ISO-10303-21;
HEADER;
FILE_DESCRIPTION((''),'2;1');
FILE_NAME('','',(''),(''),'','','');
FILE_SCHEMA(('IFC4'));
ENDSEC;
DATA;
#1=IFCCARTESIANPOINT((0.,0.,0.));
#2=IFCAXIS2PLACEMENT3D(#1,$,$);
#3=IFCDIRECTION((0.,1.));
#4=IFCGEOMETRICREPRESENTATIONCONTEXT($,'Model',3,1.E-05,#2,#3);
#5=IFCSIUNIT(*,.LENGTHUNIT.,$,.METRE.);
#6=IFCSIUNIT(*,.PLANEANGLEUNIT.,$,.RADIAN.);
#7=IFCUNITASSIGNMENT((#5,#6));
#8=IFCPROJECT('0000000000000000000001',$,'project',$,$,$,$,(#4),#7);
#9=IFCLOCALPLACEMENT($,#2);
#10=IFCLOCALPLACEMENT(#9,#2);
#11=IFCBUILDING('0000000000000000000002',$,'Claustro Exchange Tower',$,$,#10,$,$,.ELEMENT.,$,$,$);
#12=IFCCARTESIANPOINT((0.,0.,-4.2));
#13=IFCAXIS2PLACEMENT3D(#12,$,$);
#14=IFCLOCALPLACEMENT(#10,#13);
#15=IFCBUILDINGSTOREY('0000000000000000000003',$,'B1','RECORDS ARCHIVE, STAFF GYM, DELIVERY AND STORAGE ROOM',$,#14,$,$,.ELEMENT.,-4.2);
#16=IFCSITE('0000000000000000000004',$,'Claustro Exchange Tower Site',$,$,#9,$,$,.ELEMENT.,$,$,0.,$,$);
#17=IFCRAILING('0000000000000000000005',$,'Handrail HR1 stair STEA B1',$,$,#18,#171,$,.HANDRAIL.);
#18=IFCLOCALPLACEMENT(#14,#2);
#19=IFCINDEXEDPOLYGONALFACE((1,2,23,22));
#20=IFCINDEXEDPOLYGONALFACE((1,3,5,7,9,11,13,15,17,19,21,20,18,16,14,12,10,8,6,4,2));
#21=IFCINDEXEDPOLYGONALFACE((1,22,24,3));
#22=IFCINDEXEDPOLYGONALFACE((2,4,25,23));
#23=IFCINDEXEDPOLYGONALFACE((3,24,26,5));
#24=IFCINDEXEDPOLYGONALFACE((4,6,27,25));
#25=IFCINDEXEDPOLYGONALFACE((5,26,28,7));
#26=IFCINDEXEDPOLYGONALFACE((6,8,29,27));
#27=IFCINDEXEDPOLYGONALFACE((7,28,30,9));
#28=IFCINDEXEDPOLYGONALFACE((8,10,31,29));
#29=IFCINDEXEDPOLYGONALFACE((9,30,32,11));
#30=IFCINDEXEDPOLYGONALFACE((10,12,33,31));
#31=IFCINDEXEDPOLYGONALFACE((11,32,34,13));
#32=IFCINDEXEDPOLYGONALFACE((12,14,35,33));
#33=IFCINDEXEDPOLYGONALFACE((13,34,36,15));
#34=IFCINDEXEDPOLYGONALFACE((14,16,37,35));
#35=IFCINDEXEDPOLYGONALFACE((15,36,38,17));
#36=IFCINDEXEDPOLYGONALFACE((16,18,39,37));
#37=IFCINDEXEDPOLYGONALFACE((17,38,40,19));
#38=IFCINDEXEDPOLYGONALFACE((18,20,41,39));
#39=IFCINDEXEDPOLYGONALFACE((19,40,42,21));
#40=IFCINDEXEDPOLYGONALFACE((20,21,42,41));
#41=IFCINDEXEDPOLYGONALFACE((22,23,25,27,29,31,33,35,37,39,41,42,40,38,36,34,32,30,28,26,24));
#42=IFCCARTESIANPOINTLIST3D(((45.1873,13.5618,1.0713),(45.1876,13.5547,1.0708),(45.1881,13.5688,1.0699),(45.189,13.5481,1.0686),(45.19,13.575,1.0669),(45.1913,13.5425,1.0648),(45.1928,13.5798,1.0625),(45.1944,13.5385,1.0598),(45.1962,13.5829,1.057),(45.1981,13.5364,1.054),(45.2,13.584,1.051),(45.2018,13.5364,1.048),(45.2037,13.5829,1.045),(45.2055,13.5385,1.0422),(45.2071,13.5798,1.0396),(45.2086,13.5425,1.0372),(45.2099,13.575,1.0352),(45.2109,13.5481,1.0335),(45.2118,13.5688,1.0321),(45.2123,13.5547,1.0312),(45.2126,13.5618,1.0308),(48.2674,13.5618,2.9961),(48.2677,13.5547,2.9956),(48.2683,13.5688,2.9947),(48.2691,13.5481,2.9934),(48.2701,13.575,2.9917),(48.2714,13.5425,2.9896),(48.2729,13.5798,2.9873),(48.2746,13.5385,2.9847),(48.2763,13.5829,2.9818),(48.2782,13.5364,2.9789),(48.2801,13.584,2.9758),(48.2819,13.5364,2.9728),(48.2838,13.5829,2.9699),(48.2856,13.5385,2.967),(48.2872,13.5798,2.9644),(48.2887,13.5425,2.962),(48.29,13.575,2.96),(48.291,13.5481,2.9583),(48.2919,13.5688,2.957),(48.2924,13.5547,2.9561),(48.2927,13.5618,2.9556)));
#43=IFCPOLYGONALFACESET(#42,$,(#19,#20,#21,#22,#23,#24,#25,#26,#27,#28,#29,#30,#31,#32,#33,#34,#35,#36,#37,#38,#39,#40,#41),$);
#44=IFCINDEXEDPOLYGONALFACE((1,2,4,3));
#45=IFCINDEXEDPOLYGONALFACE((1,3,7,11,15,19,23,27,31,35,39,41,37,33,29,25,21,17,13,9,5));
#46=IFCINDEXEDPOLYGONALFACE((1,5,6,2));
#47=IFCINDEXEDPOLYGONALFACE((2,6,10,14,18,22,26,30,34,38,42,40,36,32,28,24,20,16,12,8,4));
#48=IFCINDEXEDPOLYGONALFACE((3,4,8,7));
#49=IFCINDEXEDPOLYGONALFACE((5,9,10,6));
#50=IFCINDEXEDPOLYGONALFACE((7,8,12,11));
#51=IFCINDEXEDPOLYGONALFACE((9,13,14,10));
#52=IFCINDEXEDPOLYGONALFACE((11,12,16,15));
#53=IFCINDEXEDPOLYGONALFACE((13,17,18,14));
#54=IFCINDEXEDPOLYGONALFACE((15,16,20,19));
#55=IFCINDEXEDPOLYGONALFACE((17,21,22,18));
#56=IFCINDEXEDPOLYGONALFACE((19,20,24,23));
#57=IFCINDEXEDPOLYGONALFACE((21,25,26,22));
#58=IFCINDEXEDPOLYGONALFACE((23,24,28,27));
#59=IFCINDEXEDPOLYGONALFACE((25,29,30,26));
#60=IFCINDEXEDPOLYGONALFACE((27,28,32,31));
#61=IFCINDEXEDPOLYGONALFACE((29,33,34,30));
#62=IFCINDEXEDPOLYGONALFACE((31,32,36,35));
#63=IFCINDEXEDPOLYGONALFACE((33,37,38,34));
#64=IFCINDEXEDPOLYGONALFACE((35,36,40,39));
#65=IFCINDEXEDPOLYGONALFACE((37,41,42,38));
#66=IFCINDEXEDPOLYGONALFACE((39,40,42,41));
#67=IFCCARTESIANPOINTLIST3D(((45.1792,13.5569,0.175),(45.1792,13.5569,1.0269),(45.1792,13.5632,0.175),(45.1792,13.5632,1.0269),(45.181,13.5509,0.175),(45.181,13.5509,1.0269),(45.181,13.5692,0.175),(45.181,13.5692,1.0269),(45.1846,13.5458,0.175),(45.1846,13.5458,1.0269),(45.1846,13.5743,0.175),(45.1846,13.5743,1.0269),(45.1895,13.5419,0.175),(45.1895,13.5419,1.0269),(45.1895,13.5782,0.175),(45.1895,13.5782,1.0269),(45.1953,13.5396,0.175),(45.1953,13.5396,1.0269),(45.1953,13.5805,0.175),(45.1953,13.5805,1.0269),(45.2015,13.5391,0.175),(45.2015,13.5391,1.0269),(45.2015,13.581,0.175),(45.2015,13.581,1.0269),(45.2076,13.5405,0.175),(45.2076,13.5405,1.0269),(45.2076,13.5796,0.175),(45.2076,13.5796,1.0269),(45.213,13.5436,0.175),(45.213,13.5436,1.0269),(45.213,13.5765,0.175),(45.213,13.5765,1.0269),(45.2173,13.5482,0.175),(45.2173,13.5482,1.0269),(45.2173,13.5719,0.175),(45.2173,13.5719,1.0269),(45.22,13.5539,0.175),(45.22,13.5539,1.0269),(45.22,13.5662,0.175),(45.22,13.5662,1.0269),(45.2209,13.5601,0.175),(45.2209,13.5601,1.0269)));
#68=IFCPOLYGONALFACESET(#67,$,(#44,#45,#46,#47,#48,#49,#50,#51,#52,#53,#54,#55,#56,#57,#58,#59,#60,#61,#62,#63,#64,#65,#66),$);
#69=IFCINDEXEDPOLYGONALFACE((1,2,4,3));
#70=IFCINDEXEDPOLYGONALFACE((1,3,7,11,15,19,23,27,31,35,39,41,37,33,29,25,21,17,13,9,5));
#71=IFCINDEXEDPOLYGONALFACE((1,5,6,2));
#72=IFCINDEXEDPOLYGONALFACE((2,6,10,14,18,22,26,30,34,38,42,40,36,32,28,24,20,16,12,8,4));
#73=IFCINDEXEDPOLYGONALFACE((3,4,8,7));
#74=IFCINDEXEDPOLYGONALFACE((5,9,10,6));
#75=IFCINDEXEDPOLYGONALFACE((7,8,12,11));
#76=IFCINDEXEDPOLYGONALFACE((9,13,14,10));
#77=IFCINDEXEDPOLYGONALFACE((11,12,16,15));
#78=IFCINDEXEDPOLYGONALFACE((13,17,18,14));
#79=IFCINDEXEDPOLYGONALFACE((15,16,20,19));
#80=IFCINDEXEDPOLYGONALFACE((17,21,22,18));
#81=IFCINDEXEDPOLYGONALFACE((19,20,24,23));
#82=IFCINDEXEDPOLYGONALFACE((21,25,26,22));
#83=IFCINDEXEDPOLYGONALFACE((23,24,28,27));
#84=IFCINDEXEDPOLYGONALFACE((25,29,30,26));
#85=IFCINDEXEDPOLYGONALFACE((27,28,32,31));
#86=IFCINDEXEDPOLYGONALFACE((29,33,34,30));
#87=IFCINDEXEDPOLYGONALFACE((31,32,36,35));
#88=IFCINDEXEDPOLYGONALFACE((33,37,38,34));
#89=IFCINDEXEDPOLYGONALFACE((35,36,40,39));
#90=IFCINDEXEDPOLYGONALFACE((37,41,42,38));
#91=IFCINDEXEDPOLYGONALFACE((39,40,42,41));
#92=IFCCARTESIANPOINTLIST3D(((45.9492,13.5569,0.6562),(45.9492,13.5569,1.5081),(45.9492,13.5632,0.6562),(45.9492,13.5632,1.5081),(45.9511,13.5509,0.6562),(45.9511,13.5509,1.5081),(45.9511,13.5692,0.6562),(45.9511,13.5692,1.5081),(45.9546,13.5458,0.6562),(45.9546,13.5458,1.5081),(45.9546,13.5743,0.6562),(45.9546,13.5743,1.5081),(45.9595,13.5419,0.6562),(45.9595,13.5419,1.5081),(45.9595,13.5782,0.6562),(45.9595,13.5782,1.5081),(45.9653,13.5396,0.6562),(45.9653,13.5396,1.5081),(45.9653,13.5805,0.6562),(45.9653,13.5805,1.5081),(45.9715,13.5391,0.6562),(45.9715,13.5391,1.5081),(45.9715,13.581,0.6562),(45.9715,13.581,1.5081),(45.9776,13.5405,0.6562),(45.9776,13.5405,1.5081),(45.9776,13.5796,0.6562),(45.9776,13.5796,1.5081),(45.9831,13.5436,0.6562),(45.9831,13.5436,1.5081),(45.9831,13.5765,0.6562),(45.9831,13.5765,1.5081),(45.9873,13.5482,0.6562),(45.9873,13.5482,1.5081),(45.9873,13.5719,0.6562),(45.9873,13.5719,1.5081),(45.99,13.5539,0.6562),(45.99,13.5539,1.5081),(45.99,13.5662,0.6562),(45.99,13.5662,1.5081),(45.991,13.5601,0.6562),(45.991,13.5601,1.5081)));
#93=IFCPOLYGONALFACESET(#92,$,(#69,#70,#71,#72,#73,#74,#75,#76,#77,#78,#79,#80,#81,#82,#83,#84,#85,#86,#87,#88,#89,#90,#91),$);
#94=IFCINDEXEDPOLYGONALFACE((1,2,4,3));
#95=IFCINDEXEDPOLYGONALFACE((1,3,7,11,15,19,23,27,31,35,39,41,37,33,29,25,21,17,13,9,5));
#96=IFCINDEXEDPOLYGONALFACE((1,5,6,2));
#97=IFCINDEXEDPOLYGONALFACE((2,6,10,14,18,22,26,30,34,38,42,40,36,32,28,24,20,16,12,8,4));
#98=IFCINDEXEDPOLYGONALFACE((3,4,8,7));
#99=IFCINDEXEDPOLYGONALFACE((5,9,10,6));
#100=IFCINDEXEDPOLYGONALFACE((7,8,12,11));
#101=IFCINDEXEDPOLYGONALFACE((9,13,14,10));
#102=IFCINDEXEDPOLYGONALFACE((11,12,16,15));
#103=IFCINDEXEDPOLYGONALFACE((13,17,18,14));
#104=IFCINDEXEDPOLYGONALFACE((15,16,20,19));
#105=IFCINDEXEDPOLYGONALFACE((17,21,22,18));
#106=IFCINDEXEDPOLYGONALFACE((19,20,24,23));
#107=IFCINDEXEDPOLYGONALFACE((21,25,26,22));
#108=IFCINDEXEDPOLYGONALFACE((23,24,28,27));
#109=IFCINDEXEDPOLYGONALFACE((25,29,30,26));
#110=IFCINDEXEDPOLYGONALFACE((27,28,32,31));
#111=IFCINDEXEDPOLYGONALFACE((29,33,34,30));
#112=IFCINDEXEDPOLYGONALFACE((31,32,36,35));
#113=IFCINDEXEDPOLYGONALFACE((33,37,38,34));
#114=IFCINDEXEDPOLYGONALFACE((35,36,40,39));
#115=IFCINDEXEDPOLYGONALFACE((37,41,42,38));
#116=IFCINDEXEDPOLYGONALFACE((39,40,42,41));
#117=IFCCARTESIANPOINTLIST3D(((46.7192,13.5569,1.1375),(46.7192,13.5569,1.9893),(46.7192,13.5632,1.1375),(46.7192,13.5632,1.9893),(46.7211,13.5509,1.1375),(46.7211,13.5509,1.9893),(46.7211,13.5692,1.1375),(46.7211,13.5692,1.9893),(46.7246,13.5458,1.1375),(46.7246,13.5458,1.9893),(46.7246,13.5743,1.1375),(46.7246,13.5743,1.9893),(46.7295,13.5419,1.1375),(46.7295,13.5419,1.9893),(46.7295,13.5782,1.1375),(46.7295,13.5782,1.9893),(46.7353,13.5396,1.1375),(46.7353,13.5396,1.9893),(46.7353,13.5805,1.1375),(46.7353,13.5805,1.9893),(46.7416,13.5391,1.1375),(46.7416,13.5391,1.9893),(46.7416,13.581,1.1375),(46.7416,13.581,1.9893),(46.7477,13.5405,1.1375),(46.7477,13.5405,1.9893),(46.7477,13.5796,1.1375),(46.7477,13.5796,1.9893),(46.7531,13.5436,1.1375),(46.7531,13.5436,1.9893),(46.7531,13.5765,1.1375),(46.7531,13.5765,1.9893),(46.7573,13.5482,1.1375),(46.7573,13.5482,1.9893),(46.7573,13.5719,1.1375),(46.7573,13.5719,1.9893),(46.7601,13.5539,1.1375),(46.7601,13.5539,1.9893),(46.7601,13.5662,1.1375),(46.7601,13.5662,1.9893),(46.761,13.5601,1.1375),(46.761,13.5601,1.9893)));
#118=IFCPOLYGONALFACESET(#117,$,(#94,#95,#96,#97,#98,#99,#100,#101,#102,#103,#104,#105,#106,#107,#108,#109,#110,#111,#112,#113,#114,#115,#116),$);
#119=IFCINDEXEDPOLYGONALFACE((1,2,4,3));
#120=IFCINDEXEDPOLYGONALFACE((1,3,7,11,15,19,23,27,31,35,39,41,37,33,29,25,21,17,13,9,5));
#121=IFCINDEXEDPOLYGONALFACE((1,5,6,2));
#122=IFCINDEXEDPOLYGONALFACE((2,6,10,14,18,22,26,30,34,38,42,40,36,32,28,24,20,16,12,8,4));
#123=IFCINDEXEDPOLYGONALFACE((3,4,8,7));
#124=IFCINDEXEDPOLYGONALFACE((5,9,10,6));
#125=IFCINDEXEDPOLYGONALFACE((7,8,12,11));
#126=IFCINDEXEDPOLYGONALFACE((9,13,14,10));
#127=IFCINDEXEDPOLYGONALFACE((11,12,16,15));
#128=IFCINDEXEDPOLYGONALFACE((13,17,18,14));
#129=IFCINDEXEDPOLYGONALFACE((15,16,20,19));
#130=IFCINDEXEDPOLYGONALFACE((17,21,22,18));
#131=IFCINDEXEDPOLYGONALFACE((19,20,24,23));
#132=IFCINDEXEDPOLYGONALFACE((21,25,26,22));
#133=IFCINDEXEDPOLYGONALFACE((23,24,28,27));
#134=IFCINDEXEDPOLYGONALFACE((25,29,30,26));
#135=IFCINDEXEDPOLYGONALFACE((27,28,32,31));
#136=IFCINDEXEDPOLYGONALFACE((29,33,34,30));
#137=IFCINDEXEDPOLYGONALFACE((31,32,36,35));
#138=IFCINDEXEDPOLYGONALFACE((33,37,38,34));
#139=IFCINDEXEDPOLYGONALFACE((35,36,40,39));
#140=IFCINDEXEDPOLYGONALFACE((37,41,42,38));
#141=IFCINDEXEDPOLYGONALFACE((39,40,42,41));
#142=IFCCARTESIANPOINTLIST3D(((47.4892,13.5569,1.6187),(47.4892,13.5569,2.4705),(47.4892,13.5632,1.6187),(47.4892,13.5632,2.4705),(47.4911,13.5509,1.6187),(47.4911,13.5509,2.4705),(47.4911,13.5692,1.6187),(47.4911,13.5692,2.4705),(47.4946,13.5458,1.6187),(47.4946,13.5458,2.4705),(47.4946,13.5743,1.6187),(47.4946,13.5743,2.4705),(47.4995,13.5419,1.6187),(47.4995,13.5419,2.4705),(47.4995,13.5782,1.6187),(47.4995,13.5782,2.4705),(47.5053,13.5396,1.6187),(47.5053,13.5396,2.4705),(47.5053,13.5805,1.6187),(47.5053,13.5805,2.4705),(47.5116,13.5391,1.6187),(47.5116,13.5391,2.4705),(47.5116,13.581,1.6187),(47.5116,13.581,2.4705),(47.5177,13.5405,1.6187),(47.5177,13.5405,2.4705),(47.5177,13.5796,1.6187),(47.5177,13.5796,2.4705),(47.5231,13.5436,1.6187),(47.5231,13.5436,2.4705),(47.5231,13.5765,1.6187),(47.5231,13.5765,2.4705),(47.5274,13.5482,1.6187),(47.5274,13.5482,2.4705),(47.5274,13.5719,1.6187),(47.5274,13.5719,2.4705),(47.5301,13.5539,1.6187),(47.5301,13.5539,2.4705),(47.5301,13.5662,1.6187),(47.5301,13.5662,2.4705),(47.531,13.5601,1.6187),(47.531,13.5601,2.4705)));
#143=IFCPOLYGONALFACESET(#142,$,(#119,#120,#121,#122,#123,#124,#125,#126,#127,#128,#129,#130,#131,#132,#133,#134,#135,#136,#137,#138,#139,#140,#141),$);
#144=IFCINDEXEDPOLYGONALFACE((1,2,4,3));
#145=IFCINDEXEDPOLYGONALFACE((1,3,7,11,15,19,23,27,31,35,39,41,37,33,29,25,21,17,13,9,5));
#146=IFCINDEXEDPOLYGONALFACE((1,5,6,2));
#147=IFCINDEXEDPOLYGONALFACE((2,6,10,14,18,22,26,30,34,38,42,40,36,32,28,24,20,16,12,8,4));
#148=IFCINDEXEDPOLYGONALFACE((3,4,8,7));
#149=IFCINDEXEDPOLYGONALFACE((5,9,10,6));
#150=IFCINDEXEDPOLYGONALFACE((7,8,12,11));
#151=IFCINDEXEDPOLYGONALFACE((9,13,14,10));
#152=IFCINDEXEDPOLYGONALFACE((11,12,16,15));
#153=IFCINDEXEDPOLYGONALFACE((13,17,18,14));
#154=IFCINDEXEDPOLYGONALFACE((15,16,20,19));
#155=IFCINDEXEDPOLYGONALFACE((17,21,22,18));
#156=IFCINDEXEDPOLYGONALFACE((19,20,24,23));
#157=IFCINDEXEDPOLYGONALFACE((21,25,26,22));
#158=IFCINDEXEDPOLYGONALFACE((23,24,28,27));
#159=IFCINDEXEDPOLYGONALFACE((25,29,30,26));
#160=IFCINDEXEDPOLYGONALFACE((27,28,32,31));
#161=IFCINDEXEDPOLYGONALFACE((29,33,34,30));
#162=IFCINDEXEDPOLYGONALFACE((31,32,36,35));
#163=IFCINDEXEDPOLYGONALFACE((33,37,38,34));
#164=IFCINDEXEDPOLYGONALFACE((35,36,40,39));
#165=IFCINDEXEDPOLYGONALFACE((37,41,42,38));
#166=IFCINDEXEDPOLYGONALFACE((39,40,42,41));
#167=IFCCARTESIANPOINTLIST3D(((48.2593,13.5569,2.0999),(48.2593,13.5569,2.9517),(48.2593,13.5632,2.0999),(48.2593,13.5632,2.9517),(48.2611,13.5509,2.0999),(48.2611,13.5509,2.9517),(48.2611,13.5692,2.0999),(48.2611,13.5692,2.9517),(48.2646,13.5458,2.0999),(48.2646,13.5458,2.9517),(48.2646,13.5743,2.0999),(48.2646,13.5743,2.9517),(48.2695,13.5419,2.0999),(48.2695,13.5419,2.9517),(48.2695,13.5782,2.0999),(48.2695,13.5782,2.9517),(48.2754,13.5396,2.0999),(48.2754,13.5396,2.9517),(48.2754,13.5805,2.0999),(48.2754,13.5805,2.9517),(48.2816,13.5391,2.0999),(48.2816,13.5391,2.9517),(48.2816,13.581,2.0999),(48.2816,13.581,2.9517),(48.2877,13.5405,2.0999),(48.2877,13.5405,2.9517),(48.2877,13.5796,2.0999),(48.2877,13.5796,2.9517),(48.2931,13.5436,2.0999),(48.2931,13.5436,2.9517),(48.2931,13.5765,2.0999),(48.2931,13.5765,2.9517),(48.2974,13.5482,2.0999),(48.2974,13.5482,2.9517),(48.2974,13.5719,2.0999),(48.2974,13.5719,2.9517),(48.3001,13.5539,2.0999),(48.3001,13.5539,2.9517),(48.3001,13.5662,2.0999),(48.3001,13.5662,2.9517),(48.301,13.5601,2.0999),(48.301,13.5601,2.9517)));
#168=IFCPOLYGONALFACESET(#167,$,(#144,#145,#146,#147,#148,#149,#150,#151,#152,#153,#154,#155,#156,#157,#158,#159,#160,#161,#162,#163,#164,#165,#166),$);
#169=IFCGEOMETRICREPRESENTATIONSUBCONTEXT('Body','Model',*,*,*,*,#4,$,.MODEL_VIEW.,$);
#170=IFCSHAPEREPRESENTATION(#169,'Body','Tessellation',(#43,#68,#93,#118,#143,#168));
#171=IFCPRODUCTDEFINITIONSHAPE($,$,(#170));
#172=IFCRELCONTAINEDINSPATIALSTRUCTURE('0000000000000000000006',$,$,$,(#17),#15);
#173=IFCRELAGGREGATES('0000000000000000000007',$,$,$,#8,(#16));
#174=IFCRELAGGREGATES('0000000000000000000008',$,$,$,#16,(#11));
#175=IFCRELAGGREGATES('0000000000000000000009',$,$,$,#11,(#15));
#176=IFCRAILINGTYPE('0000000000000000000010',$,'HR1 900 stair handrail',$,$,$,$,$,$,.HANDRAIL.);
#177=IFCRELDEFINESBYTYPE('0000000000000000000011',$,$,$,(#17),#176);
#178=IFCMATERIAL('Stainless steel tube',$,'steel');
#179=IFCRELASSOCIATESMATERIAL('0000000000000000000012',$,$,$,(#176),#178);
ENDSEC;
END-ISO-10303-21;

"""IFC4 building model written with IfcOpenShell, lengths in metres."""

from ifc_helpers import new_model, si_unit, direction, frame, origin, origin_2d, place, context, subcontext, project, spatial, circle, extrude, material, type_object, element, save


model = new_model("IFC4")

# Units and contexts
model_context = context("Model", 3, precision=1e-05, world=origin(), true_north=direction((0.0, 1.0)))
body_context = subcontext(model_context, "Body", "Model", "MODEL_VIEW")
ifc_project = project(units=[si_unit("LENGTHUNIT", "METRE"), si_unit("PLANEANGLEUNIT", "RADIAN")], contexts=[model_context])

# Site, building, storey
site_placement = place(None, origin())
site = spatial("IfcSite", under=ifc_project, at=site_placement, Name="Claustro Exchange Tower Site", CompositionType="ELEMENT", RefElevation=0.0)
building_placement = place(site_placement, origin())
building = spatial("IfcBuilding", under=site, at=building_placement, Name="Claustro Exchange Tower", CompositionType="ELEMENT")
storey_placement = place(building_placement, frame((0.0, 0.0, -4.2)))
storey = spatial("IfcBuildingStorey", under=building, at=storey_placement, Name="B1", Description="RECORDS ARCHIVE, STAFF GYM, DELIVERY AND STORAGE ROOM", CompositionType="ELEMENT", Elevation=-4.2)

# Railing
ifc_material_1 = material(Name="Stainless steel tube", Category="steel")
railing_type_1 = type_object("IfcRailingType", Name="HR1 900 stair handrail", PredefinedType="HANDRAIL", material=ifc_material_1)
railing_1_placement = place(storey_placement, frame((45.2, 13.5601, 0.175)))
element("IfcRailing", 1, at=railing_1_placement, inside=storey, type_object=railing_type_1, Name="Handrail HR1 stair STEA B1", PredefinedType="HANDRAIL", context=body_context, shape_type="SweptSolid", body=[
    extrude(circle(Radius=0.0239, at=origin_2d()), frame((0.0, 0.0, 0.876), z_axis=(0.848029, 0.0, 0.529951), x_axis=(0.0, 1.0, 0.0)), (0.0, 0.0, 1.0), 3.6321),
    extrude(circle(Radius=0.021, at=origin_2d()), origin(), (0.0, 0.0, 1.0), 0.8518),
    extrude(circle(Radius=0.021, at=origin_2d()), frame((0.77, 0.0, 0.4812)), (0.0, 0.0, 1.0), 0.8518),
    extrude(circle(Radius=0.021, at=origin_2d()), frame((1.54, 0.0, 0.9624)), (0.0, 0.0, 1.0), 0.8518),
    extrude(circle(Radius=0.021, at=origin_2d()), frame((2.3101, 0.0, 1.4436)), (0.0, 0.0, 1.0), 0.8518),
    extrude(circle(Radius=0.021, at=origin_2d()), frame((3.0801, 0.0, 1.9248)), (0.0, 0.0, 1.0), 0.8518),
])

save(model, "model.ifc")
